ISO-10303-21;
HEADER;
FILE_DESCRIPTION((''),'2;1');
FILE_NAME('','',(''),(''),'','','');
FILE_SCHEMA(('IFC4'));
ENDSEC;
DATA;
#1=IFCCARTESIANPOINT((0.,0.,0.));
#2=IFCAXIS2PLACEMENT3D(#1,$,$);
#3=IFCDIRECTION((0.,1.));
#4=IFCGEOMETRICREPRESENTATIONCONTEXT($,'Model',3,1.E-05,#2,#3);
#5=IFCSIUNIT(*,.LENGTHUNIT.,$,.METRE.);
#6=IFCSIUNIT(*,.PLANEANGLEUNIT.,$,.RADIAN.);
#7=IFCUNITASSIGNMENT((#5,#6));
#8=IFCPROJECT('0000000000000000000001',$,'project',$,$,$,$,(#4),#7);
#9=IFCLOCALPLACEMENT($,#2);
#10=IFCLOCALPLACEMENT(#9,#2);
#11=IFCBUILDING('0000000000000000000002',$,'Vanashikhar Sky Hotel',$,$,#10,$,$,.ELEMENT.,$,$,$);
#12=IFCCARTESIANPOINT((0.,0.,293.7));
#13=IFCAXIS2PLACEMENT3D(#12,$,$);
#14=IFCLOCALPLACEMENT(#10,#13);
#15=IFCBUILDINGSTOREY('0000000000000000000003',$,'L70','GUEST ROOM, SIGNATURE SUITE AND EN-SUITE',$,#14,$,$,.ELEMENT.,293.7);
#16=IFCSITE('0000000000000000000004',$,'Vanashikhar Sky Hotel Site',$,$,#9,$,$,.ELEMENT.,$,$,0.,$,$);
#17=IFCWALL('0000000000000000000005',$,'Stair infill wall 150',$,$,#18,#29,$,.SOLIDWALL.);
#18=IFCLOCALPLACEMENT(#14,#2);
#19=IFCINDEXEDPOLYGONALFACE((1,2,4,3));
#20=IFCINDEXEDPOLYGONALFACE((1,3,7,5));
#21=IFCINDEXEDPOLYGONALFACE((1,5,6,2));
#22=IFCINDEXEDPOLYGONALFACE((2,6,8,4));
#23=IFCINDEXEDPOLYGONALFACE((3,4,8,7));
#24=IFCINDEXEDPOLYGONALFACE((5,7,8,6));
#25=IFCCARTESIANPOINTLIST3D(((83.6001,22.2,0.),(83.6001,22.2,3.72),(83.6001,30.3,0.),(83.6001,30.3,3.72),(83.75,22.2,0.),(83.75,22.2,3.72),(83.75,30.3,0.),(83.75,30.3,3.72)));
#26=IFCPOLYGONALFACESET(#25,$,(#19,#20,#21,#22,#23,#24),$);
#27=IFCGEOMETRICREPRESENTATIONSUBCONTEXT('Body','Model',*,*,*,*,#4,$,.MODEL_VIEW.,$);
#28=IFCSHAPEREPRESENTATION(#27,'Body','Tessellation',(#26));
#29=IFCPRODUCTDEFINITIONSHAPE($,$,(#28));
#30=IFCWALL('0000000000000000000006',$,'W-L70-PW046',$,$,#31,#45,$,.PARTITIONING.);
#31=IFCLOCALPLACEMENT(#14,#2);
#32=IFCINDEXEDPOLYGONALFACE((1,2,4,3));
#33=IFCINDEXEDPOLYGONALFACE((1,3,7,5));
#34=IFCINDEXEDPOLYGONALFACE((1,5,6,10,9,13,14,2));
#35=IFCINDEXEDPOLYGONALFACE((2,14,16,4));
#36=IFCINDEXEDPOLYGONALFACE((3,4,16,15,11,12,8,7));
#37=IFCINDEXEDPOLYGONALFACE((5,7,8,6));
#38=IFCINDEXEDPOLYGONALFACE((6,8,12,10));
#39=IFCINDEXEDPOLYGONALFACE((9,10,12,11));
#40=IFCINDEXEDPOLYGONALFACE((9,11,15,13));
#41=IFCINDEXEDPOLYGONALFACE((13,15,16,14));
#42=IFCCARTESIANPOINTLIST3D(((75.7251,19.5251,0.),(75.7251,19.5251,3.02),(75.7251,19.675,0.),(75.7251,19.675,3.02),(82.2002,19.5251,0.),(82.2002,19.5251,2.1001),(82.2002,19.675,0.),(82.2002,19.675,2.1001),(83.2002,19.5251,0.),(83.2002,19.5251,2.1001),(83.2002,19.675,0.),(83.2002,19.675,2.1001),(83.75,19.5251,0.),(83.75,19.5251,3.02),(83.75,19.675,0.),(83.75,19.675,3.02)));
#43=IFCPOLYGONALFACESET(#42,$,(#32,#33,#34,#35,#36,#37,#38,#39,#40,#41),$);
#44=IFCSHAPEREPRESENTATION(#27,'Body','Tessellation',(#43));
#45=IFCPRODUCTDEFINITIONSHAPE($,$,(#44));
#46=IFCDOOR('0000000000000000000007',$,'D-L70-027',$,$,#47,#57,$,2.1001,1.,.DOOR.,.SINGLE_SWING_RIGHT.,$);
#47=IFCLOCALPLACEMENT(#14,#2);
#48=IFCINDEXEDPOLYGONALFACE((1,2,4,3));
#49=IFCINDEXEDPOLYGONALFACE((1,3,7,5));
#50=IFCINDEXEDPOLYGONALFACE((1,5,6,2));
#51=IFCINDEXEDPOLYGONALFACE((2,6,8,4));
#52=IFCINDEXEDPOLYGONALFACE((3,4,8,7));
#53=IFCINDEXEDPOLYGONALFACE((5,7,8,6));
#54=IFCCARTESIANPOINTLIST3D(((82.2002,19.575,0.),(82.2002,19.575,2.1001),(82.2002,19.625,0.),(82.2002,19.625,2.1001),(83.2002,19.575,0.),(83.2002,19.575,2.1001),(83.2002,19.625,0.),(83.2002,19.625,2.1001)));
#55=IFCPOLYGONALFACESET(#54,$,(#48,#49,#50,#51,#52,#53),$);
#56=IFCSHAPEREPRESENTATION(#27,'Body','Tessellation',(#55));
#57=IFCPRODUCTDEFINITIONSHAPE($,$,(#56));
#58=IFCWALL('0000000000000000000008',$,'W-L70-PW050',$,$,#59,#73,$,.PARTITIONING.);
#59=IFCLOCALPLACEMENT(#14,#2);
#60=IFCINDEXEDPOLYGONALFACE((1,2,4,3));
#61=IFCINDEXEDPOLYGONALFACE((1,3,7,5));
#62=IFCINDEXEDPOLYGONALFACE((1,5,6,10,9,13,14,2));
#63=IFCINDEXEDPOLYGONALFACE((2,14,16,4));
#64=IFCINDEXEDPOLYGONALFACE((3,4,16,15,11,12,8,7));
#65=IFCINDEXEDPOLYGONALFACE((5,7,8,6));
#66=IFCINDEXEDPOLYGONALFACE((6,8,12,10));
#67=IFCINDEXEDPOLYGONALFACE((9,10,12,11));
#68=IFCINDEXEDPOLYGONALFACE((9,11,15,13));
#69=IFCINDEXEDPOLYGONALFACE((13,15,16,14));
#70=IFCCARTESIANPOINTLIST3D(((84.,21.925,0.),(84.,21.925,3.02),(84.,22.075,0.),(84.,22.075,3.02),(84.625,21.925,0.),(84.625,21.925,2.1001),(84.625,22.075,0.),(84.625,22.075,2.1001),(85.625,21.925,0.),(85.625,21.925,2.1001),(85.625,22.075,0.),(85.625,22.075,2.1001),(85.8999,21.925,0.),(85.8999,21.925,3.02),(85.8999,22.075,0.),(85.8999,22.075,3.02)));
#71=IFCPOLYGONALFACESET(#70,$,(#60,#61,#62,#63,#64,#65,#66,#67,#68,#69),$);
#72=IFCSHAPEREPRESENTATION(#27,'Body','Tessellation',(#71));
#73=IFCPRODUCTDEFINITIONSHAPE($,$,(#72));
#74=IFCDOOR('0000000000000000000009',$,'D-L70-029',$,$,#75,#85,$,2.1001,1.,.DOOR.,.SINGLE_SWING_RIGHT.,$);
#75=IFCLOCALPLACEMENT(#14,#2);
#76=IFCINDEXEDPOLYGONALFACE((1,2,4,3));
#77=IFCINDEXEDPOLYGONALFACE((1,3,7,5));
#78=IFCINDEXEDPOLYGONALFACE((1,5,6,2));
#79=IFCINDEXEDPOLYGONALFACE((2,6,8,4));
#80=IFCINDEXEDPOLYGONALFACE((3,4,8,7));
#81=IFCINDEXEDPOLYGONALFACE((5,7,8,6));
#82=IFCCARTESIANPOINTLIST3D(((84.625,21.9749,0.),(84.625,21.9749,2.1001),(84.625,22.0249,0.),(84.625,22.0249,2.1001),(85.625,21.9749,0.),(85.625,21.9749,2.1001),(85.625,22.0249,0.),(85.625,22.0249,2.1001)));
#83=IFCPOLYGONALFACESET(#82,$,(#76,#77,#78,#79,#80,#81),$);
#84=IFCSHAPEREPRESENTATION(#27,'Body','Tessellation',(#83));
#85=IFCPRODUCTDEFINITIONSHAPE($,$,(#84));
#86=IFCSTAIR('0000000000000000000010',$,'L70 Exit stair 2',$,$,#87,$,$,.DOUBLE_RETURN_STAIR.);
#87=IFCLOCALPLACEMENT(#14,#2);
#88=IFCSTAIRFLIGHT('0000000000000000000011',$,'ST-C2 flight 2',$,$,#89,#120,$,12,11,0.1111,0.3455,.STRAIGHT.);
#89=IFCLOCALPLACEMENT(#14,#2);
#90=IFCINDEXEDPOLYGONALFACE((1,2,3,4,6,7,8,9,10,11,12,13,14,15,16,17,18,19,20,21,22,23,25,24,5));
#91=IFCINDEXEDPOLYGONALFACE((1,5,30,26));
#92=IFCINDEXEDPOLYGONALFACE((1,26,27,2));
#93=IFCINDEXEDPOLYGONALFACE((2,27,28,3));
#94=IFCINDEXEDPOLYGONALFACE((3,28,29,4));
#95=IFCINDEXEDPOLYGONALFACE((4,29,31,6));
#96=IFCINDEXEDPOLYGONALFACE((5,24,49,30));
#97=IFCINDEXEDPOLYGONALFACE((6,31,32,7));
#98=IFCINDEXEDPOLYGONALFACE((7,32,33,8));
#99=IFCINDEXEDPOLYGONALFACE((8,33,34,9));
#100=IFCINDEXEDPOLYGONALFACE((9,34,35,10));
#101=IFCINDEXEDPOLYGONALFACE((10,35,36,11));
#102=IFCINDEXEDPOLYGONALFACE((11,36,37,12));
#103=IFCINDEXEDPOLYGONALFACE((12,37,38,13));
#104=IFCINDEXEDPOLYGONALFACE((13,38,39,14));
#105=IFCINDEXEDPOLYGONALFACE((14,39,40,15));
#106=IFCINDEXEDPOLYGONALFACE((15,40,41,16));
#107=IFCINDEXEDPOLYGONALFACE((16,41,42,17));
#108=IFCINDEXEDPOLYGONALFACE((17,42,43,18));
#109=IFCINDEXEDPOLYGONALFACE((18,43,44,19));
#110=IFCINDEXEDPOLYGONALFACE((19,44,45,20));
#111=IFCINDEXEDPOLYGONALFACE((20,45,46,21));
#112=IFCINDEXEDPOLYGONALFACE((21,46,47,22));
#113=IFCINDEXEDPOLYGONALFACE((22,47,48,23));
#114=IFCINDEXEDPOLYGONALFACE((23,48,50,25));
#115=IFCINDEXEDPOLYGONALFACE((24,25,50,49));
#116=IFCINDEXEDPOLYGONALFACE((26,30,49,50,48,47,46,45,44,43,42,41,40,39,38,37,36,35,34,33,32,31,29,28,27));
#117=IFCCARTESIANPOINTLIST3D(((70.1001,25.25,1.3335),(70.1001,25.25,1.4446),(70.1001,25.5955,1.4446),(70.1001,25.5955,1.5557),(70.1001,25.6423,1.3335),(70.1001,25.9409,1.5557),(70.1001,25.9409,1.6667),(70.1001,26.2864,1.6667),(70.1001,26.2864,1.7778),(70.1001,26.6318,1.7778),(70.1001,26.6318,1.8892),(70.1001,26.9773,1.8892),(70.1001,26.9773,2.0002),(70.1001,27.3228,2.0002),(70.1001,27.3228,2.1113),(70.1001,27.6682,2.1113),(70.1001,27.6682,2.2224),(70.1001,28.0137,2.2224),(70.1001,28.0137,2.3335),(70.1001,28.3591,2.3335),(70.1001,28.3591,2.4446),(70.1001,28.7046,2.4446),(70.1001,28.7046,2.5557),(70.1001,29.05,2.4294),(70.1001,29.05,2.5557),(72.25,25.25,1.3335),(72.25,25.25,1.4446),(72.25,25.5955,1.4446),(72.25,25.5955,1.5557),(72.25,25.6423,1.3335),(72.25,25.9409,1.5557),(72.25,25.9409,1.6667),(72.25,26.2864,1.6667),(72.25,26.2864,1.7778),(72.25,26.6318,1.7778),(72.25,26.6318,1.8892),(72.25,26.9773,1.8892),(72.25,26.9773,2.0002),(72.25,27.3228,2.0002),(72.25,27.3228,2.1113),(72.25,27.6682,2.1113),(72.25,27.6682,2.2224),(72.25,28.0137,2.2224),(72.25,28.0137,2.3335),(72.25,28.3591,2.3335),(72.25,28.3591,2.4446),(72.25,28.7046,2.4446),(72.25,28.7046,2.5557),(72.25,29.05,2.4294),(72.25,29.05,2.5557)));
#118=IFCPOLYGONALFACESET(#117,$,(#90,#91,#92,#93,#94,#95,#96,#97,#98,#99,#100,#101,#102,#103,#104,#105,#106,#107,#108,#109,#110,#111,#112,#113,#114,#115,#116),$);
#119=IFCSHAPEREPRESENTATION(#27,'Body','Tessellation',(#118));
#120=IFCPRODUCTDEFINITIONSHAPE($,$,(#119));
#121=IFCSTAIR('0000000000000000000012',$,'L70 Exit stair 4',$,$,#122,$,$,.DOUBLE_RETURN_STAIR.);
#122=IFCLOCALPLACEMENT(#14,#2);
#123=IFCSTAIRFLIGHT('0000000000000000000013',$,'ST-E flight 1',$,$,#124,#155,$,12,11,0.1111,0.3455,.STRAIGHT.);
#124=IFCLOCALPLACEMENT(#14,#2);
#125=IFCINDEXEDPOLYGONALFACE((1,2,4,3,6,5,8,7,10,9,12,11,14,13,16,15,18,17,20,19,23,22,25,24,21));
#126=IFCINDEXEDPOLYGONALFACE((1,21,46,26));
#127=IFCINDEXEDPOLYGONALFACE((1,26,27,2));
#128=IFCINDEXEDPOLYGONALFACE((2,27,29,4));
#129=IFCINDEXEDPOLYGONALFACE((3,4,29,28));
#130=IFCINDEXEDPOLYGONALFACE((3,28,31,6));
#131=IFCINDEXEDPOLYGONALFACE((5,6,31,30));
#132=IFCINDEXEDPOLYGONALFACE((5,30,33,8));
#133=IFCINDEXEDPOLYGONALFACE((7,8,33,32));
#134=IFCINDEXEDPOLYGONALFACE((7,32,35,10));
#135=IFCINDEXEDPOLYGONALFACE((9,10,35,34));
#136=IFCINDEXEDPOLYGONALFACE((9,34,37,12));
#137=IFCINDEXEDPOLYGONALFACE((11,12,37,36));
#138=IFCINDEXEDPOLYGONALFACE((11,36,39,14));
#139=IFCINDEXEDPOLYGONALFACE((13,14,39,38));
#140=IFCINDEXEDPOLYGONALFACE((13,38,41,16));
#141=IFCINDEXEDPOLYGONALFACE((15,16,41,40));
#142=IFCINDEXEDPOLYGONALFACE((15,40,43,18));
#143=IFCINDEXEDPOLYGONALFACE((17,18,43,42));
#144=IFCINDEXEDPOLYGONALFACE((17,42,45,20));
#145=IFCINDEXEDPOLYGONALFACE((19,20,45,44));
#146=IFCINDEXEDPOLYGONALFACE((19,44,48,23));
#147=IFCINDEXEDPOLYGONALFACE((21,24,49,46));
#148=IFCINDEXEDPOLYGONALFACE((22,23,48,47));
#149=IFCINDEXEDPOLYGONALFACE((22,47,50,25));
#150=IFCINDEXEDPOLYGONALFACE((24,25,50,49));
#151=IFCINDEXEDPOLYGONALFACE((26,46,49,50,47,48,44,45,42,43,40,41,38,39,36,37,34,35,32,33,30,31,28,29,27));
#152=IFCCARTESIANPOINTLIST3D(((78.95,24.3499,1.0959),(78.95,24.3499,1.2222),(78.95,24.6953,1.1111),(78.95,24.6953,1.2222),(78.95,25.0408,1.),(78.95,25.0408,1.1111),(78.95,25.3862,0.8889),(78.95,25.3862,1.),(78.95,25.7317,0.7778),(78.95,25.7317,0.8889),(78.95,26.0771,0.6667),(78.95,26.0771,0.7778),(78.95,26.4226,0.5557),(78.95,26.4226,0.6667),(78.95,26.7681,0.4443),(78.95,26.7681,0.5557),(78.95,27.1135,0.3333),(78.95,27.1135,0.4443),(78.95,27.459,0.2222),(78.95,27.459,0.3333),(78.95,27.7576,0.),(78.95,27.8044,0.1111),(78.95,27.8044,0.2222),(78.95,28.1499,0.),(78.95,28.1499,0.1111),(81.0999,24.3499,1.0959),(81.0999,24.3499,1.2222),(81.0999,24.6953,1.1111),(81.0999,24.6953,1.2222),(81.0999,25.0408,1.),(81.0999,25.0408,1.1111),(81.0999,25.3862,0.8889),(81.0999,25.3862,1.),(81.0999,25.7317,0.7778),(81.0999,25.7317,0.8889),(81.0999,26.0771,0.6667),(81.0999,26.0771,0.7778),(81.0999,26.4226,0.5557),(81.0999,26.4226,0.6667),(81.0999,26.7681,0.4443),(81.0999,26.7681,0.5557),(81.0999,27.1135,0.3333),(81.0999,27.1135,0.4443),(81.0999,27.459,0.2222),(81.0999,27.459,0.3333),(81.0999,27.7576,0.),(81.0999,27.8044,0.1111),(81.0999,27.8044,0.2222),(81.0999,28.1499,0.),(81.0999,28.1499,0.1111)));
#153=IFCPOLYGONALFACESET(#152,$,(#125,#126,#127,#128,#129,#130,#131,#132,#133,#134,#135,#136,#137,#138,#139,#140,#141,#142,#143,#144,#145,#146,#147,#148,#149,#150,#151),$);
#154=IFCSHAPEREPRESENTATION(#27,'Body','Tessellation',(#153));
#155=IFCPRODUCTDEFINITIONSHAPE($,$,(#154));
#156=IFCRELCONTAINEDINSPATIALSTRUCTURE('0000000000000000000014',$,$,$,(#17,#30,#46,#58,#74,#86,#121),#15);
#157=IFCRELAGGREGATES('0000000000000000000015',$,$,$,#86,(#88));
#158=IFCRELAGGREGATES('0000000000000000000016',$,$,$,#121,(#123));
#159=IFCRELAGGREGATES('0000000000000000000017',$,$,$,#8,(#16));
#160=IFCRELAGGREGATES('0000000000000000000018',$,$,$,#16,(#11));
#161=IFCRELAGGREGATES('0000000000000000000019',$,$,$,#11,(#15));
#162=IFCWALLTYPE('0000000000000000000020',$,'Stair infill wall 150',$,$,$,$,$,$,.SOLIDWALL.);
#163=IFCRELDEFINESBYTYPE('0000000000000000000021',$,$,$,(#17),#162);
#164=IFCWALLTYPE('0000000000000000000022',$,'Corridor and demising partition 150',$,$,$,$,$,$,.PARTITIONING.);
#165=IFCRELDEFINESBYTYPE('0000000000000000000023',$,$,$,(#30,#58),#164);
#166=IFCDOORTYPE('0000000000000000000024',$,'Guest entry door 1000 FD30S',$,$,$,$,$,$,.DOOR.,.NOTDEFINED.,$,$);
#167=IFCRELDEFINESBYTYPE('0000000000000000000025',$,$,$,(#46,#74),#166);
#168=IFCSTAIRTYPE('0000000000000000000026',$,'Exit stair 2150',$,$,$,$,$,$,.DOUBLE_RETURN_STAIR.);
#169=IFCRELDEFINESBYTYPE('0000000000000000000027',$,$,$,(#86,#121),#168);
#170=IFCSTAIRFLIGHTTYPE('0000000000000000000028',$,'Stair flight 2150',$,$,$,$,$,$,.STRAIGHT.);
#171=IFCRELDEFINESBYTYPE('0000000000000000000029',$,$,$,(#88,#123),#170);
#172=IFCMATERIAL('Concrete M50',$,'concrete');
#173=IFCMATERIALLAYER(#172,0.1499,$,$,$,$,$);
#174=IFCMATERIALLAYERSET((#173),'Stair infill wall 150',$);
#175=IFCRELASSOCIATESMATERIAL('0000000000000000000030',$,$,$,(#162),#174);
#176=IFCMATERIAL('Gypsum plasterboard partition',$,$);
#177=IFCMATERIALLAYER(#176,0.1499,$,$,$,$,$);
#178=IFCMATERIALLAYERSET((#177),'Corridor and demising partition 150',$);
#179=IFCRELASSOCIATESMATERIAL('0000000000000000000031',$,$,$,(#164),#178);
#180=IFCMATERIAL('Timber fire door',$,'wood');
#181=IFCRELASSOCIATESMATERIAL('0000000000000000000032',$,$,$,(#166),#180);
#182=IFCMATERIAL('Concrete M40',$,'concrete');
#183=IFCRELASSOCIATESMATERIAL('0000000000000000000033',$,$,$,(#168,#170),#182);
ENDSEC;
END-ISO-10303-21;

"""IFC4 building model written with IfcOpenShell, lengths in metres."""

from ifc_helpers import new_model, si_unit, direction, frame, frame_2d, origin, place, context, subcontext, project, spatial, polyline, rectangle, outline, extrude, source, transform, mapped, material, layer, layer_set, type_object, element, fill, aggregate, save


model = new_model("IFC4")

# Units and contexts
model_context = context("Model", 3, precision=1e-05, world=origin(), true_north=direction((0.0, 1.0)))
body_context = subcontext(model_context, "Body", "Model", "MODEL_VIEW")
ifc_project = project(units=[si_unit("LENGTHUNIT", "METRE"), si_unit("PLANEANGLEUNIT", "RADIAN")], contexts=[model_context])

# Site, building, storey
site_placement = place(None, origin())
site = spatial("IfcSite", under=ifc_project, at=site_placement, Name="Vanashikhar Sky Hotel Site", CompositionType="ELEMENT", RefElevation=0.0)
building_placement = place(site_placement, origin())
building = spatial("IfcBuilding", under=site, at=building_placement, Name="Vanashikhar Sky Hotel", CompositionType="ELEMENT")
storey_placement = place(building_placement, frame((0.0, 0.0, 293.7)))
storey = spatial("IfcBuildingStorey", under=building, at=storey_placement, Name="L70", Description="GUEST ROOM, SIGNATURE SUITE AND EN-SUITE", CompositionType="ELEMENT", Elevation=293.7)

# Shared definitions
ifc_material_1 = material(Name="Concrete M50", Category="concrete")

# Wall
ifc_layer_1 = layer(ifc_material_1, 0.1499)
ifc_layer_set_1 = layer_set([ifc_layer_1], Name="Stair infill wall 150")
wall_type_1 = type_object("IfcWallType", Name="Stair infill wall 150", PredefinedType="SOLIDWALL", material=ifc_layer_set_1)
shared_shape_1 = source(origin(), body_context, "Body", "SweptSolid", [
    extrude(rectangle(XDim=8.1001, YDim=0.1499, at=frame_2d((4.05, 0.0))), origin(), (0.0, 0.0, 1.0), 3.72),
])
wall_1_placement = place(storey_placement, frame((83.675, 22.2, 0.0), z_axis=(0.0, 0.0, 1.0), x_axis=(0.0, 1.0, 0.0)))
element("IfcWall", 1, at=wall_1_placement, inside=storey, type_object=wall_type_1, Name="Stair infill wall 150", PredefinedType="SOLIDWALL", context=body_context, shape_type="MappedRepresentation", body=[
    mapped(shared_shape_1, transform((0.0, 0.0, 0.0), scale=1.0)),
])

# Walls, openings, doors
ifc_material_2 = material(Name="Gypsum plasterboard partition")
ifc_layer_2 = layer(ifc_material_2, 0.1499)
ifc_layer_set_2 = layer_set([ifc_layer_2], Name="Corridor and demising partition 150")
wall_type_2 = type_object("IfcWallType", Name="Corridor and demising partition 150", PredefinedType="PARTITIONING", material=ifc_layer_set_2)
shared_shape_2 = source(origin(), body_context, "Body", "SweptSolid", [
    extrude(rectangle(XDim=8.0249, YDim=0.1499, at=frame_2d((4.0125, 0.0))), origin(), (0.0, 0.0, 1.0), 3.02),
])
wall_2_placement = place(storey_placement, frame((75.7251, 19.6001, 0.0), z_axis=(0.0, 0.0, 1.0), x_axis=(1.0, 0.0, 0.0)))
wall_2 = element("IfcWall", 2, at=wall_2_placement, inside=storey, type_object=wall_type_2, Name="W-L70-PW046", PredefinedType="PARTITIONING", context=body_context, shape_type="MappedRepresentation", body=[
    mapped(shared_shape_2, transform((0.0, 0.0, 0.0), scale=1.0)),
])
shared_shape_3 = source(origin(), body_context, "Body", "SweptSolid", [
    extrude(rectangle(XDim=1.0, YDim=2.1001, at=frame_2d((0.5, 1.05))), frame((0.0, 0.085, 0.0), z_axis=(0.0, -1.0, 0.0), x_axis=(1.0, 0.0, 0.0)), (0.0, 0.0, 1.0), 0.1699),
])
opening_1_placement = place(wall_2_placement, frame((6.4751, 0.0, 0.0)))
opening_1 = element("IfcOpeningElement", 3, at=opening_1_placement, cuts=wall_2, PredefinedType="OPENING", context=body_context, shape_type="MappedRepresentation", body=[
    mapped(shared_shape_3, transform((0.0, 0.0, 0.0), scale=1.0)),
])
ifc_material_3 = material(Name="Timber fire door", Category="wood")
door_type_1 = type_object("IfcDoorType", Name="Guest entry door 1000 FD30S", OperationType="NOTDEFINED", PredefinedType="DOOR", material=ifc_material_3)
shared_shape_4 = source(origin(), body_context, "Body", "SweptSolid", [
    extrude(rectangle(XDim=1.0, YDim=2.1001, at=frame_2d((0.5, 1.05))), frame((0.0, 0.0249, 0.0), z_axis=(0.0, -1.0, 0.0), x_axis=(1.0, 0.0, 0.0)), (0.0, 0.0, 1.0), 0.05),
])
door_1_placement = place(opening_1_placement, origin())
door_1 = element("IfcDoor", 4, at=door_1_placement, inside=storey, type_object=door_type_1, Name="D-L70-027", OperationType="SINGLE_SWING_RIGHT", OverallHeight=2.1001, OverallWidth=1.0, PredefinedType="DOOR", context=body_context, shape_type="MappedRepresentation", body=[
    mapped(shared_shape_4, transform((0.0, 0.0, 0.0), scale=1.0)),
])
fill(opening_1, door_1)
shared_shape_5 = source(origin(), body_context, "Body", "SweptSolid", [
    extrude(rectangle(XDim=1.8999, YDim=0.1499, at=frame_2d((0.95, 0.0))), origin(), (0.0, 0.0, 1.0), 3.02),
])
wall_3_placement = place(storey_placement, frame((84.0, 22.0, 0.0), z_axis=(0.0, 0.0, 1.0), x_axis=(1.0, 0.0, 0.0)))
wall_3 = element("IfcWall", 5, at=wall_3_placement, inside=storey, type_object=wall_type_2, Name="W-L70-PW050", PredefinedType="PARTITIONING", context=body_context, shape_type="MappedRepresentation", body=[
    mapped(shared_shape_5, transform((0.0, 0.0, 0.0), scale=1.0)),
])
opening_2_placement = place(wall_3_placement, frame((0.625, 0.0, 0.0)))
opening_2 = element("IfcOpeningElement", 6, at=opening_2_placement, cuts=wall_3, PredefinedType="OPENING", context=body_context, shape_type="MappedRepresentation", body=[
    mapped(shared_shape_3, transform((0.0, 0.0, 0.0), scale=1.0)),
])
door_2_placement = place(opening_2_placement, origin())
door_2 = element("IfcDoor", 7, at=door_2_placement, inside=storey, type_object=door_type_1, Name="D-L70-029", OperationType="SINGLE_SWING_RIGHT", OverallHeight=2.1001, OverallWidth=1.0, PredefinedType="DOOR", context=body_context, shape_type="MappedRepresentation", body=[
    mapped(shared_shape_4, transform((0.0, 0.0, 0.0), scale=1.0)),
])
fill(opening_2, door_2)

# Stair, stair flight
ifc_material_4 = material(Name="Concrete M40", Category="concrete")
stair_type = type_object("IfcStairType", Name="Exit stair 2150", PredefinedType="DOUBLE_RETURN_STAIR", material=ifc_material_4)
stair_1_placement = place(storey_placement, origin())
stair_1 = element("IfcStair", 8, at=stair_1_placement, inside=storey, type_object=stair_type, Name="L70 Exit stair 2", PredefinedType="DOUBLE_RETURN_STAIR")
stair_flight_type = type_object("IfcStairFlightType", Name="Stair flight 2150", PredefinedType="STRAIGHT", material=ifc_material_4)
shared_shape_6 = source(origin(), body_context, "Body", "SweptSolid", [
    extrude(outline(polyline([(0.0, 0.0), (0.0, 0.1111), (0.3455, 0.1111), (0.3455, 0.2222), (0.6909, 0.2222), (0.6909, 0.3333), (1.0364, 0.3333), (1.0364, 0.4443), (1.3818, 0.4443), (1.3818, 0.5557), (1.7273, 0.5557), (1.7273, 0.6667), (2.0728, 0.6667), (2.0728, 0.7778), (2.4182, 0.7778), (2.4182, 0.8889), (2.7637, 0.8889), (2.7637, 1.0), (3.1091, 1.0), (3.1091, 1.1111), (3.4546, 1.1111), (3.4546, 1.2222), (3.8, 1.2222), (3.8, 1.3333), (3.8, 1.0959), (0.3923, 0.0), (0.0, 0.0)])), frame((0.0, 1.075, 0.0), z_axis=(0.0, -1.0, 0.0), x_axis=(1.0, 0.0, 0.0)), (0.0, 0.0, 1.0), 2.1499),
])
stair_flight_1_placement = place(storey_placement, frame((71.175, 25.25, 1.3335), z_axis=(0.0, 0.0, 1.0), x_axis=(0.0, 1.0, 0.0)))
stair_flight_1 = element("IfcStairFlight", 9, at=stair_flight_1_placement, type_object=stair_flight_type, Name="ST-C2 flight 2", NumberOfRisers=12, NumberOfTreads=11, PredefinedType="STRAIGHT", RiserHeight=0.1111, TreadLength=0.3455, context=body_context, shape_type="MappedRepresentation", body=[
    mapped(shared_shape_6, transform((0.0, 0.0, 0.0), scale=1.0)),
])
aggregate(stair_1, [stair_flight_1])

# Stair, stair flight
stair_2_placement = place(storey_placement, origin())
stair_2 = element("IfcStair", 10, at=stair_2_placement, inside=storey, type_object=stair_type, Name="L70 Exit stair 4", PredefinedType="DOUBLE_RETURN_STAIR")
stair_flight_2_placement = place(storey_placement, frame((80.0249, 28.1499, 0.0), z_axis=(0.0, 0.0, 1.0), x_axis=(0.0, -1.0, 0.0)))
stair_flight_2 = element("IfcStairFlight", 11, at=stair_flight_2_placement, type_object=stair_flight_type, Name="ST-E flight 1", NumberOfRisers=12, NumberOfTreads=11, PredefinedType="STRAIGHT", RiserHeight=0.1111, TreadLength=0.3455, context=body_context, shape_type="MappedRepresentation", body=[
    mapped(shared_shape_6, transform((0.0, 0.0, 0.0), scale=1.0)),
])
aggregate(stair_2, [stair_flight_2])

save(model, "model.ifc")
